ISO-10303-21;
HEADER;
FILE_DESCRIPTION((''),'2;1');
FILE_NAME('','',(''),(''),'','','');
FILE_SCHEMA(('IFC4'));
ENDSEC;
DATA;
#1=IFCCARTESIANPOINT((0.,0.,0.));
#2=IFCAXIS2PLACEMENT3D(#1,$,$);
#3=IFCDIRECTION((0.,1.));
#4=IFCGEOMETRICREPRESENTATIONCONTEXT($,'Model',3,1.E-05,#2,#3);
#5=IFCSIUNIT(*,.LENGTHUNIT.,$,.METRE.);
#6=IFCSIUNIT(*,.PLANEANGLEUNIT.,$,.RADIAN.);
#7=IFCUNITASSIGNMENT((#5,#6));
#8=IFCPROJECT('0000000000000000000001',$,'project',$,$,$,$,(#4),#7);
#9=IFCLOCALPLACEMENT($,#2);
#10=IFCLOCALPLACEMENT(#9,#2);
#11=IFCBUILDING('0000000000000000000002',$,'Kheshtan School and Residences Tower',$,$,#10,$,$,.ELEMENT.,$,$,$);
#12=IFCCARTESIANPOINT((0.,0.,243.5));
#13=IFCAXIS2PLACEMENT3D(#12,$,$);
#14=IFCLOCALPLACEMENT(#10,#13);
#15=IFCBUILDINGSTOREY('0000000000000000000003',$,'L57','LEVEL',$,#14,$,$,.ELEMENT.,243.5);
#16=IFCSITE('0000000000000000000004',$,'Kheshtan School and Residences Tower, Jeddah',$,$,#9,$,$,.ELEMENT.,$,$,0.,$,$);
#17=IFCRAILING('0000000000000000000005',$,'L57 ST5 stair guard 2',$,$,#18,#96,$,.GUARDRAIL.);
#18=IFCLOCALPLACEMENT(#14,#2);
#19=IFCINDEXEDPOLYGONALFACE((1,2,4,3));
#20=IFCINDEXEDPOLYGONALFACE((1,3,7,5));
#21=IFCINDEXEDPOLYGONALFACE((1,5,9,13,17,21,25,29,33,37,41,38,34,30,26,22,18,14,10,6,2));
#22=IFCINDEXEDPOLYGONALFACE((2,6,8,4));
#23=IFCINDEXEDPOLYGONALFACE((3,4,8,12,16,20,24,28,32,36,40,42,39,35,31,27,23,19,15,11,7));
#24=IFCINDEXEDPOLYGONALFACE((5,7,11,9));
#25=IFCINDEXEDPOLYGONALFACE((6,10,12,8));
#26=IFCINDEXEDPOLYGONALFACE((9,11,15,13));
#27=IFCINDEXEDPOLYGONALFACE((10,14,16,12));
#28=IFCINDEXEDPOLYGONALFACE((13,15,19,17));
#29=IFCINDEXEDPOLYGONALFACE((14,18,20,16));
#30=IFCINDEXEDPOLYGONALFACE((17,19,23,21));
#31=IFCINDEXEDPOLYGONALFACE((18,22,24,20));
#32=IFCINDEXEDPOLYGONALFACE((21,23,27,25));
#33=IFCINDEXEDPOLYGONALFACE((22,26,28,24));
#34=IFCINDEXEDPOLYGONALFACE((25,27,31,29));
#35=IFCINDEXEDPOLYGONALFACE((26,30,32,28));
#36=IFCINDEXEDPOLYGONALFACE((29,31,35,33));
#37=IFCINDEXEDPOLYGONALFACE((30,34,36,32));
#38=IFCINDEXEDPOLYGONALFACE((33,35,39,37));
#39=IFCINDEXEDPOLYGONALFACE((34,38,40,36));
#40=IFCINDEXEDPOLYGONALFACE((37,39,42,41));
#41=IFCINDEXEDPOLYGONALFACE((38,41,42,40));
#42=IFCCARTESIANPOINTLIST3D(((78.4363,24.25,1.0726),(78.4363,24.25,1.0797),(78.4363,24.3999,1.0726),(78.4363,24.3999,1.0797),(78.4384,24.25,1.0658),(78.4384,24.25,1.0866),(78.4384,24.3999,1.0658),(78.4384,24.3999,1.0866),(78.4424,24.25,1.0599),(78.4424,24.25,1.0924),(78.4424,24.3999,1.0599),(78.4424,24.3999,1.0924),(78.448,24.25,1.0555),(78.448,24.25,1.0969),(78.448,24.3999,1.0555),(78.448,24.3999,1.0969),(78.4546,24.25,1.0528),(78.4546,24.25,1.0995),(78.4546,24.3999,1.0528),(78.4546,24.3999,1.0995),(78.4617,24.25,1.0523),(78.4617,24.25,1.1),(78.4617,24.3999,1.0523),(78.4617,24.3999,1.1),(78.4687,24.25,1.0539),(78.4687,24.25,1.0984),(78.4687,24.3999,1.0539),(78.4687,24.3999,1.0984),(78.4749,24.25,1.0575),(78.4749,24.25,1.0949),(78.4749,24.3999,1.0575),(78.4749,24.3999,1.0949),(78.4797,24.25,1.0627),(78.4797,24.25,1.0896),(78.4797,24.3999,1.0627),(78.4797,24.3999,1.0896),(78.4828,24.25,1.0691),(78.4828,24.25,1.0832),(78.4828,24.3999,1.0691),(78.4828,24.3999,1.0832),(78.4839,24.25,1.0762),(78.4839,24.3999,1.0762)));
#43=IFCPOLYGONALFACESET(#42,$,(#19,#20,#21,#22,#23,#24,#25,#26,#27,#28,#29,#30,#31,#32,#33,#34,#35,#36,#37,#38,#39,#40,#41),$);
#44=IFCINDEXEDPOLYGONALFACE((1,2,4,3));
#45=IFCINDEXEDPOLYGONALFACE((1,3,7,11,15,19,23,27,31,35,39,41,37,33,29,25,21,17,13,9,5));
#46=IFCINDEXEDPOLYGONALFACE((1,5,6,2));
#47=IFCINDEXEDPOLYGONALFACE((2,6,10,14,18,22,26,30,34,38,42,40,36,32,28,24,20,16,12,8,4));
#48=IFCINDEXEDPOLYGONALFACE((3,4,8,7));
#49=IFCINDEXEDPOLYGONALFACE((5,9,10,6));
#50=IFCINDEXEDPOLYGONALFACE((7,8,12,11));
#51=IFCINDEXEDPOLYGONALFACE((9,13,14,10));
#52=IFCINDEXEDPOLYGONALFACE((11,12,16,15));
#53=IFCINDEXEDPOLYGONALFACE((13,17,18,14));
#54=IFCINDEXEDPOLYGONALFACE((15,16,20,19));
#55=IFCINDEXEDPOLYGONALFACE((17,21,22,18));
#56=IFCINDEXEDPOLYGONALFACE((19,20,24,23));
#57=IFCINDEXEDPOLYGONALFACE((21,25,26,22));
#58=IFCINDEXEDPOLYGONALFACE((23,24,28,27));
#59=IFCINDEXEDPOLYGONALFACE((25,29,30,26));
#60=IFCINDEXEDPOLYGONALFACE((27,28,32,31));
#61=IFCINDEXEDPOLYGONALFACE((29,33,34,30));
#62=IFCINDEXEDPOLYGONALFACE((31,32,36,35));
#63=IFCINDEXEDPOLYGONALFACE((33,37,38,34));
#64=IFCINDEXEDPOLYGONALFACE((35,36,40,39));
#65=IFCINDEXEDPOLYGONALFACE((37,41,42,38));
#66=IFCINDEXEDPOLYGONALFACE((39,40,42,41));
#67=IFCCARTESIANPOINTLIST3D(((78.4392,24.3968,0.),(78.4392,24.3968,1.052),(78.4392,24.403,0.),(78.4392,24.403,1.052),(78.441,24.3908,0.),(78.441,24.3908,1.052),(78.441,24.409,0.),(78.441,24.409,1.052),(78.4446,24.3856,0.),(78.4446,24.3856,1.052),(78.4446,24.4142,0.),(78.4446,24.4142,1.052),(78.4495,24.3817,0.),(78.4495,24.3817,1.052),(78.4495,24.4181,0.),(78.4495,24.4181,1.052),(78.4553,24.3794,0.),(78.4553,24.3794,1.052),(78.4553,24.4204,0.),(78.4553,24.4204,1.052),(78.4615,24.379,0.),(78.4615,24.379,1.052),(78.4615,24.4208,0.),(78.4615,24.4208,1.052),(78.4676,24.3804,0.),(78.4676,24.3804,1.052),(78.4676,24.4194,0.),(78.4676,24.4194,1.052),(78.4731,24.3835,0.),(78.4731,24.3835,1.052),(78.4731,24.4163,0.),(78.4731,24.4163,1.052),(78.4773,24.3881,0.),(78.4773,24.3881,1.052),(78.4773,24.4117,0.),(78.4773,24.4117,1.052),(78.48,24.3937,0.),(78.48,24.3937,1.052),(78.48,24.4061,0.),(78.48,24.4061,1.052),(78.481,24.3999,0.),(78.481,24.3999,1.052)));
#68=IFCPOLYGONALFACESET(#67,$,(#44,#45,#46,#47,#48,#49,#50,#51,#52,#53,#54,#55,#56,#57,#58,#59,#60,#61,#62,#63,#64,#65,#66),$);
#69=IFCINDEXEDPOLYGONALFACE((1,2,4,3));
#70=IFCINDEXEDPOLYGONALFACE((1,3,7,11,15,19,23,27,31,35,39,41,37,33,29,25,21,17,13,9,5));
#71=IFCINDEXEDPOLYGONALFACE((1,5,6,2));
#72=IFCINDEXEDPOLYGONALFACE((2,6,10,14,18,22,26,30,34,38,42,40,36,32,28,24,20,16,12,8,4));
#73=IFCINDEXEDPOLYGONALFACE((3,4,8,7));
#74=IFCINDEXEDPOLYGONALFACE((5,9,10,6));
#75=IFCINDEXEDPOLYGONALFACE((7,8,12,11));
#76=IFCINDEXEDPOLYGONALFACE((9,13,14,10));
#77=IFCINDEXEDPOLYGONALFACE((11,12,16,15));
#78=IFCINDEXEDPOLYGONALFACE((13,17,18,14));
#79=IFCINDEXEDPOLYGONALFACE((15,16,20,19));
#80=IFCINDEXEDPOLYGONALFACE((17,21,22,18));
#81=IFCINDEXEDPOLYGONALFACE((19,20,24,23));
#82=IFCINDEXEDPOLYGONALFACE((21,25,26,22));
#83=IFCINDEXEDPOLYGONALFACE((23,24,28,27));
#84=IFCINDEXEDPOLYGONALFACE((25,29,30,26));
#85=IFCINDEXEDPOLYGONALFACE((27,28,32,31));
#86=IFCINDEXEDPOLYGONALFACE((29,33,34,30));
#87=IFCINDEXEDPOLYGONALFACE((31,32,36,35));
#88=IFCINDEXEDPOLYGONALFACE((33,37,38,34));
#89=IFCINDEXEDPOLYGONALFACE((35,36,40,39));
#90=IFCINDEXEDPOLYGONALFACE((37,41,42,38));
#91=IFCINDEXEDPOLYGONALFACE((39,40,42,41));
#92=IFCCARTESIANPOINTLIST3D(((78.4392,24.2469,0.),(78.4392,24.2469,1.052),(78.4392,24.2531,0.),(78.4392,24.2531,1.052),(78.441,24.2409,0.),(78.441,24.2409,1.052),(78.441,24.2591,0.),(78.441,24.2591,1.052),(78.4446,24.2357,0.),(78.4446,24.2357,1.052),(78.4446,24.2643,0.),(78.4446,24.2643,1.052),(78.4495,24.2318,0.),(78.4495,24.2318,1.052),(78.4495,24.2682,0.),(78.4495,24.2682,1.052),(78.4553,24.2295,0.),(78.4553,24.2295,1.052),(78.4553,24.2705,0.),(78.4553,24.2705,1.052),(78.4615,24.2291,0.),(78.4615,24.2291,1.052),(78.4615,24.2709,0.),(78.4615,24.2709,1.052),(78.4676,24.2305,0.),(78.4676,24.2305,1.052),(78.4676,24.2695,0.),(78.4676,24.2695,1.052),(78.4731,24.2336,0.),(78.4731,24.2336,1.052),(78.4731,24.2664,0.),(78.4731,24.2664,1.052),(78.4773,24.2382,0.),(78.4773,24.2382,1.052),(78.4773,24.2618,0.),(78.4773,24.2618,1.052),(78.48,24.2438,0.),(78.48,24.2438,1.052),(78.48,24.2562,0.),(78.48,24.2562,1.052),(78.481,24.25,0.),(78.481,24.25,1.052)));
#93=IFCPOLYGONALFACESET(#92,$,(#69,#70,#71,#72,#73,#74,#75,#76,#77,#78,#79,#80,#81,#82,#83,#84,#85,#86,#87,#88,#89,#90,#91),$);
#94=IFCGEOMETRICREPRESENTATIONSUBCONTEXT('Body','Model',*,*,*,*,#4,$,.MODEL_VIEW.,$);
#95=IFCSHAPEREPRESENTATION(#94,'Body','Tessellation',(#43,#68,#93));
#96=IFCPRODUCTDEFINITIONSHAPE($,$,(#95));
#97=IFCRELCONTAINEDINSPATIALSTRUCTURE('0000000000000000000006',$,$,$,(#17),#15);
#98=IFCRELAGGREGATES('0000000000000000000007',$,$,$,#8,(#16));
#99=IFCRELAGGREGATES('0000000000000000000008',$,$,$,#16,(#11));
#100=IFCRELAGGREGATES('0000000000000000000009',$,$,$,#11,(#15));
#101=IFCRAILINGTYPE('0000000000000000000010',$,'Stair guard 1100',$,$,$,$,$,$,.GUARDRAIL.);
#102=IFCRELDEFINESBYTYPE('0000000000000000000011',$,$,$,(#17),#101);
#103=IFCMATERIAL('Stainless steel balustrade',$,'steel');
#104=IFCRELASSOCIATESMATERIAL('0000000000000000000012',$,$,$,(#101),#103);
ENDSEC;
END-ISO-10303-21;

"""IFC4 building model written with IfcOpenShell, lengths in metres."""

from ifc_helpers import new_model, si_unit, direction, frame, origin, origin_2d, place, context, subcontext, project, spatial, circle, extrude, material, type_object, element, save


model = new_model("IFC4")

# Units and contexts
model_context = context("Model", 3, precision=1e-05, world=origin(), true_north=direction((0.0, 1.0)))
body_context = subcontext(model_context, "Body", "Model", "MODEL_VIEW")
ifc_project = project(units=[si_unit("LENGTHUNIT", "METRE"), si_unit("PLANEANGLEUNIT", "RADIAN")], contexts=[model_context])

# Site, building, storey
site_placement = place(None, origin())
site = spatial("IfcSite", under=ifc_project, at=site_placement, Name="Kheshtan School and Residences Tower, Jeddah", CompositionType="ELEMENT", RefElevation=0.0)
building_placement = place(site_placement, origin())
building = spatial("IfcBuilding", under=site, at=building_placement, Name="Kheshtan School and Residences Tower", CompositionType="ELEMENT")
storey_placement = place(building_placement, frame((0.0, 0.0, 243.5)))
storey = spatial("IfcBuildingStorey", under=building, at=storey_placement, Name="L57", Description="LEVEL", CompositionType="ELEMENT", Elevation=243.5)

# Railing
ifc_material_1 = material(Name="Stainless steel balustrade", Category="steel")
railing_type_1 = type_object("IfcRailingType", Name="Stair guard 1100", PredefinedType="GUARDRAIL", material=ifc_material_1)
railing_1_placement = place(storey_placement, frame((78.46, 24.3999, 0.0)))
element("IfcRailing", 1, at=railing_1_placement, inside=storey, type_object=railing_type_1, Name="L57 ST5 stair guard 2", PredefinedType="GUARDRAIL", context=body_context, shape_type="SweptSolid", body=[
    extrude(circle(Radius=0.0239, at=origin_2d()), frame((0.0, 0.0, 1.0762), z_axis=(0.0, -1.0, 0.0), x_axis=(1.0, 0.0, 0.0)), (0.0, 0.0, 1.0), 0.1499),
    extrude(circle(Radius=0.021, at=origin_2d()), origin(), (0.0, 0.0, 1.0), 1.052),
    extrude(circle(Radius=0.021, at=origin_2d()), frame((0.0, -0.1499, 0.0)), (0.0, 0.0, 1.0), 1.052),
])

save(model, "model.ifc")
